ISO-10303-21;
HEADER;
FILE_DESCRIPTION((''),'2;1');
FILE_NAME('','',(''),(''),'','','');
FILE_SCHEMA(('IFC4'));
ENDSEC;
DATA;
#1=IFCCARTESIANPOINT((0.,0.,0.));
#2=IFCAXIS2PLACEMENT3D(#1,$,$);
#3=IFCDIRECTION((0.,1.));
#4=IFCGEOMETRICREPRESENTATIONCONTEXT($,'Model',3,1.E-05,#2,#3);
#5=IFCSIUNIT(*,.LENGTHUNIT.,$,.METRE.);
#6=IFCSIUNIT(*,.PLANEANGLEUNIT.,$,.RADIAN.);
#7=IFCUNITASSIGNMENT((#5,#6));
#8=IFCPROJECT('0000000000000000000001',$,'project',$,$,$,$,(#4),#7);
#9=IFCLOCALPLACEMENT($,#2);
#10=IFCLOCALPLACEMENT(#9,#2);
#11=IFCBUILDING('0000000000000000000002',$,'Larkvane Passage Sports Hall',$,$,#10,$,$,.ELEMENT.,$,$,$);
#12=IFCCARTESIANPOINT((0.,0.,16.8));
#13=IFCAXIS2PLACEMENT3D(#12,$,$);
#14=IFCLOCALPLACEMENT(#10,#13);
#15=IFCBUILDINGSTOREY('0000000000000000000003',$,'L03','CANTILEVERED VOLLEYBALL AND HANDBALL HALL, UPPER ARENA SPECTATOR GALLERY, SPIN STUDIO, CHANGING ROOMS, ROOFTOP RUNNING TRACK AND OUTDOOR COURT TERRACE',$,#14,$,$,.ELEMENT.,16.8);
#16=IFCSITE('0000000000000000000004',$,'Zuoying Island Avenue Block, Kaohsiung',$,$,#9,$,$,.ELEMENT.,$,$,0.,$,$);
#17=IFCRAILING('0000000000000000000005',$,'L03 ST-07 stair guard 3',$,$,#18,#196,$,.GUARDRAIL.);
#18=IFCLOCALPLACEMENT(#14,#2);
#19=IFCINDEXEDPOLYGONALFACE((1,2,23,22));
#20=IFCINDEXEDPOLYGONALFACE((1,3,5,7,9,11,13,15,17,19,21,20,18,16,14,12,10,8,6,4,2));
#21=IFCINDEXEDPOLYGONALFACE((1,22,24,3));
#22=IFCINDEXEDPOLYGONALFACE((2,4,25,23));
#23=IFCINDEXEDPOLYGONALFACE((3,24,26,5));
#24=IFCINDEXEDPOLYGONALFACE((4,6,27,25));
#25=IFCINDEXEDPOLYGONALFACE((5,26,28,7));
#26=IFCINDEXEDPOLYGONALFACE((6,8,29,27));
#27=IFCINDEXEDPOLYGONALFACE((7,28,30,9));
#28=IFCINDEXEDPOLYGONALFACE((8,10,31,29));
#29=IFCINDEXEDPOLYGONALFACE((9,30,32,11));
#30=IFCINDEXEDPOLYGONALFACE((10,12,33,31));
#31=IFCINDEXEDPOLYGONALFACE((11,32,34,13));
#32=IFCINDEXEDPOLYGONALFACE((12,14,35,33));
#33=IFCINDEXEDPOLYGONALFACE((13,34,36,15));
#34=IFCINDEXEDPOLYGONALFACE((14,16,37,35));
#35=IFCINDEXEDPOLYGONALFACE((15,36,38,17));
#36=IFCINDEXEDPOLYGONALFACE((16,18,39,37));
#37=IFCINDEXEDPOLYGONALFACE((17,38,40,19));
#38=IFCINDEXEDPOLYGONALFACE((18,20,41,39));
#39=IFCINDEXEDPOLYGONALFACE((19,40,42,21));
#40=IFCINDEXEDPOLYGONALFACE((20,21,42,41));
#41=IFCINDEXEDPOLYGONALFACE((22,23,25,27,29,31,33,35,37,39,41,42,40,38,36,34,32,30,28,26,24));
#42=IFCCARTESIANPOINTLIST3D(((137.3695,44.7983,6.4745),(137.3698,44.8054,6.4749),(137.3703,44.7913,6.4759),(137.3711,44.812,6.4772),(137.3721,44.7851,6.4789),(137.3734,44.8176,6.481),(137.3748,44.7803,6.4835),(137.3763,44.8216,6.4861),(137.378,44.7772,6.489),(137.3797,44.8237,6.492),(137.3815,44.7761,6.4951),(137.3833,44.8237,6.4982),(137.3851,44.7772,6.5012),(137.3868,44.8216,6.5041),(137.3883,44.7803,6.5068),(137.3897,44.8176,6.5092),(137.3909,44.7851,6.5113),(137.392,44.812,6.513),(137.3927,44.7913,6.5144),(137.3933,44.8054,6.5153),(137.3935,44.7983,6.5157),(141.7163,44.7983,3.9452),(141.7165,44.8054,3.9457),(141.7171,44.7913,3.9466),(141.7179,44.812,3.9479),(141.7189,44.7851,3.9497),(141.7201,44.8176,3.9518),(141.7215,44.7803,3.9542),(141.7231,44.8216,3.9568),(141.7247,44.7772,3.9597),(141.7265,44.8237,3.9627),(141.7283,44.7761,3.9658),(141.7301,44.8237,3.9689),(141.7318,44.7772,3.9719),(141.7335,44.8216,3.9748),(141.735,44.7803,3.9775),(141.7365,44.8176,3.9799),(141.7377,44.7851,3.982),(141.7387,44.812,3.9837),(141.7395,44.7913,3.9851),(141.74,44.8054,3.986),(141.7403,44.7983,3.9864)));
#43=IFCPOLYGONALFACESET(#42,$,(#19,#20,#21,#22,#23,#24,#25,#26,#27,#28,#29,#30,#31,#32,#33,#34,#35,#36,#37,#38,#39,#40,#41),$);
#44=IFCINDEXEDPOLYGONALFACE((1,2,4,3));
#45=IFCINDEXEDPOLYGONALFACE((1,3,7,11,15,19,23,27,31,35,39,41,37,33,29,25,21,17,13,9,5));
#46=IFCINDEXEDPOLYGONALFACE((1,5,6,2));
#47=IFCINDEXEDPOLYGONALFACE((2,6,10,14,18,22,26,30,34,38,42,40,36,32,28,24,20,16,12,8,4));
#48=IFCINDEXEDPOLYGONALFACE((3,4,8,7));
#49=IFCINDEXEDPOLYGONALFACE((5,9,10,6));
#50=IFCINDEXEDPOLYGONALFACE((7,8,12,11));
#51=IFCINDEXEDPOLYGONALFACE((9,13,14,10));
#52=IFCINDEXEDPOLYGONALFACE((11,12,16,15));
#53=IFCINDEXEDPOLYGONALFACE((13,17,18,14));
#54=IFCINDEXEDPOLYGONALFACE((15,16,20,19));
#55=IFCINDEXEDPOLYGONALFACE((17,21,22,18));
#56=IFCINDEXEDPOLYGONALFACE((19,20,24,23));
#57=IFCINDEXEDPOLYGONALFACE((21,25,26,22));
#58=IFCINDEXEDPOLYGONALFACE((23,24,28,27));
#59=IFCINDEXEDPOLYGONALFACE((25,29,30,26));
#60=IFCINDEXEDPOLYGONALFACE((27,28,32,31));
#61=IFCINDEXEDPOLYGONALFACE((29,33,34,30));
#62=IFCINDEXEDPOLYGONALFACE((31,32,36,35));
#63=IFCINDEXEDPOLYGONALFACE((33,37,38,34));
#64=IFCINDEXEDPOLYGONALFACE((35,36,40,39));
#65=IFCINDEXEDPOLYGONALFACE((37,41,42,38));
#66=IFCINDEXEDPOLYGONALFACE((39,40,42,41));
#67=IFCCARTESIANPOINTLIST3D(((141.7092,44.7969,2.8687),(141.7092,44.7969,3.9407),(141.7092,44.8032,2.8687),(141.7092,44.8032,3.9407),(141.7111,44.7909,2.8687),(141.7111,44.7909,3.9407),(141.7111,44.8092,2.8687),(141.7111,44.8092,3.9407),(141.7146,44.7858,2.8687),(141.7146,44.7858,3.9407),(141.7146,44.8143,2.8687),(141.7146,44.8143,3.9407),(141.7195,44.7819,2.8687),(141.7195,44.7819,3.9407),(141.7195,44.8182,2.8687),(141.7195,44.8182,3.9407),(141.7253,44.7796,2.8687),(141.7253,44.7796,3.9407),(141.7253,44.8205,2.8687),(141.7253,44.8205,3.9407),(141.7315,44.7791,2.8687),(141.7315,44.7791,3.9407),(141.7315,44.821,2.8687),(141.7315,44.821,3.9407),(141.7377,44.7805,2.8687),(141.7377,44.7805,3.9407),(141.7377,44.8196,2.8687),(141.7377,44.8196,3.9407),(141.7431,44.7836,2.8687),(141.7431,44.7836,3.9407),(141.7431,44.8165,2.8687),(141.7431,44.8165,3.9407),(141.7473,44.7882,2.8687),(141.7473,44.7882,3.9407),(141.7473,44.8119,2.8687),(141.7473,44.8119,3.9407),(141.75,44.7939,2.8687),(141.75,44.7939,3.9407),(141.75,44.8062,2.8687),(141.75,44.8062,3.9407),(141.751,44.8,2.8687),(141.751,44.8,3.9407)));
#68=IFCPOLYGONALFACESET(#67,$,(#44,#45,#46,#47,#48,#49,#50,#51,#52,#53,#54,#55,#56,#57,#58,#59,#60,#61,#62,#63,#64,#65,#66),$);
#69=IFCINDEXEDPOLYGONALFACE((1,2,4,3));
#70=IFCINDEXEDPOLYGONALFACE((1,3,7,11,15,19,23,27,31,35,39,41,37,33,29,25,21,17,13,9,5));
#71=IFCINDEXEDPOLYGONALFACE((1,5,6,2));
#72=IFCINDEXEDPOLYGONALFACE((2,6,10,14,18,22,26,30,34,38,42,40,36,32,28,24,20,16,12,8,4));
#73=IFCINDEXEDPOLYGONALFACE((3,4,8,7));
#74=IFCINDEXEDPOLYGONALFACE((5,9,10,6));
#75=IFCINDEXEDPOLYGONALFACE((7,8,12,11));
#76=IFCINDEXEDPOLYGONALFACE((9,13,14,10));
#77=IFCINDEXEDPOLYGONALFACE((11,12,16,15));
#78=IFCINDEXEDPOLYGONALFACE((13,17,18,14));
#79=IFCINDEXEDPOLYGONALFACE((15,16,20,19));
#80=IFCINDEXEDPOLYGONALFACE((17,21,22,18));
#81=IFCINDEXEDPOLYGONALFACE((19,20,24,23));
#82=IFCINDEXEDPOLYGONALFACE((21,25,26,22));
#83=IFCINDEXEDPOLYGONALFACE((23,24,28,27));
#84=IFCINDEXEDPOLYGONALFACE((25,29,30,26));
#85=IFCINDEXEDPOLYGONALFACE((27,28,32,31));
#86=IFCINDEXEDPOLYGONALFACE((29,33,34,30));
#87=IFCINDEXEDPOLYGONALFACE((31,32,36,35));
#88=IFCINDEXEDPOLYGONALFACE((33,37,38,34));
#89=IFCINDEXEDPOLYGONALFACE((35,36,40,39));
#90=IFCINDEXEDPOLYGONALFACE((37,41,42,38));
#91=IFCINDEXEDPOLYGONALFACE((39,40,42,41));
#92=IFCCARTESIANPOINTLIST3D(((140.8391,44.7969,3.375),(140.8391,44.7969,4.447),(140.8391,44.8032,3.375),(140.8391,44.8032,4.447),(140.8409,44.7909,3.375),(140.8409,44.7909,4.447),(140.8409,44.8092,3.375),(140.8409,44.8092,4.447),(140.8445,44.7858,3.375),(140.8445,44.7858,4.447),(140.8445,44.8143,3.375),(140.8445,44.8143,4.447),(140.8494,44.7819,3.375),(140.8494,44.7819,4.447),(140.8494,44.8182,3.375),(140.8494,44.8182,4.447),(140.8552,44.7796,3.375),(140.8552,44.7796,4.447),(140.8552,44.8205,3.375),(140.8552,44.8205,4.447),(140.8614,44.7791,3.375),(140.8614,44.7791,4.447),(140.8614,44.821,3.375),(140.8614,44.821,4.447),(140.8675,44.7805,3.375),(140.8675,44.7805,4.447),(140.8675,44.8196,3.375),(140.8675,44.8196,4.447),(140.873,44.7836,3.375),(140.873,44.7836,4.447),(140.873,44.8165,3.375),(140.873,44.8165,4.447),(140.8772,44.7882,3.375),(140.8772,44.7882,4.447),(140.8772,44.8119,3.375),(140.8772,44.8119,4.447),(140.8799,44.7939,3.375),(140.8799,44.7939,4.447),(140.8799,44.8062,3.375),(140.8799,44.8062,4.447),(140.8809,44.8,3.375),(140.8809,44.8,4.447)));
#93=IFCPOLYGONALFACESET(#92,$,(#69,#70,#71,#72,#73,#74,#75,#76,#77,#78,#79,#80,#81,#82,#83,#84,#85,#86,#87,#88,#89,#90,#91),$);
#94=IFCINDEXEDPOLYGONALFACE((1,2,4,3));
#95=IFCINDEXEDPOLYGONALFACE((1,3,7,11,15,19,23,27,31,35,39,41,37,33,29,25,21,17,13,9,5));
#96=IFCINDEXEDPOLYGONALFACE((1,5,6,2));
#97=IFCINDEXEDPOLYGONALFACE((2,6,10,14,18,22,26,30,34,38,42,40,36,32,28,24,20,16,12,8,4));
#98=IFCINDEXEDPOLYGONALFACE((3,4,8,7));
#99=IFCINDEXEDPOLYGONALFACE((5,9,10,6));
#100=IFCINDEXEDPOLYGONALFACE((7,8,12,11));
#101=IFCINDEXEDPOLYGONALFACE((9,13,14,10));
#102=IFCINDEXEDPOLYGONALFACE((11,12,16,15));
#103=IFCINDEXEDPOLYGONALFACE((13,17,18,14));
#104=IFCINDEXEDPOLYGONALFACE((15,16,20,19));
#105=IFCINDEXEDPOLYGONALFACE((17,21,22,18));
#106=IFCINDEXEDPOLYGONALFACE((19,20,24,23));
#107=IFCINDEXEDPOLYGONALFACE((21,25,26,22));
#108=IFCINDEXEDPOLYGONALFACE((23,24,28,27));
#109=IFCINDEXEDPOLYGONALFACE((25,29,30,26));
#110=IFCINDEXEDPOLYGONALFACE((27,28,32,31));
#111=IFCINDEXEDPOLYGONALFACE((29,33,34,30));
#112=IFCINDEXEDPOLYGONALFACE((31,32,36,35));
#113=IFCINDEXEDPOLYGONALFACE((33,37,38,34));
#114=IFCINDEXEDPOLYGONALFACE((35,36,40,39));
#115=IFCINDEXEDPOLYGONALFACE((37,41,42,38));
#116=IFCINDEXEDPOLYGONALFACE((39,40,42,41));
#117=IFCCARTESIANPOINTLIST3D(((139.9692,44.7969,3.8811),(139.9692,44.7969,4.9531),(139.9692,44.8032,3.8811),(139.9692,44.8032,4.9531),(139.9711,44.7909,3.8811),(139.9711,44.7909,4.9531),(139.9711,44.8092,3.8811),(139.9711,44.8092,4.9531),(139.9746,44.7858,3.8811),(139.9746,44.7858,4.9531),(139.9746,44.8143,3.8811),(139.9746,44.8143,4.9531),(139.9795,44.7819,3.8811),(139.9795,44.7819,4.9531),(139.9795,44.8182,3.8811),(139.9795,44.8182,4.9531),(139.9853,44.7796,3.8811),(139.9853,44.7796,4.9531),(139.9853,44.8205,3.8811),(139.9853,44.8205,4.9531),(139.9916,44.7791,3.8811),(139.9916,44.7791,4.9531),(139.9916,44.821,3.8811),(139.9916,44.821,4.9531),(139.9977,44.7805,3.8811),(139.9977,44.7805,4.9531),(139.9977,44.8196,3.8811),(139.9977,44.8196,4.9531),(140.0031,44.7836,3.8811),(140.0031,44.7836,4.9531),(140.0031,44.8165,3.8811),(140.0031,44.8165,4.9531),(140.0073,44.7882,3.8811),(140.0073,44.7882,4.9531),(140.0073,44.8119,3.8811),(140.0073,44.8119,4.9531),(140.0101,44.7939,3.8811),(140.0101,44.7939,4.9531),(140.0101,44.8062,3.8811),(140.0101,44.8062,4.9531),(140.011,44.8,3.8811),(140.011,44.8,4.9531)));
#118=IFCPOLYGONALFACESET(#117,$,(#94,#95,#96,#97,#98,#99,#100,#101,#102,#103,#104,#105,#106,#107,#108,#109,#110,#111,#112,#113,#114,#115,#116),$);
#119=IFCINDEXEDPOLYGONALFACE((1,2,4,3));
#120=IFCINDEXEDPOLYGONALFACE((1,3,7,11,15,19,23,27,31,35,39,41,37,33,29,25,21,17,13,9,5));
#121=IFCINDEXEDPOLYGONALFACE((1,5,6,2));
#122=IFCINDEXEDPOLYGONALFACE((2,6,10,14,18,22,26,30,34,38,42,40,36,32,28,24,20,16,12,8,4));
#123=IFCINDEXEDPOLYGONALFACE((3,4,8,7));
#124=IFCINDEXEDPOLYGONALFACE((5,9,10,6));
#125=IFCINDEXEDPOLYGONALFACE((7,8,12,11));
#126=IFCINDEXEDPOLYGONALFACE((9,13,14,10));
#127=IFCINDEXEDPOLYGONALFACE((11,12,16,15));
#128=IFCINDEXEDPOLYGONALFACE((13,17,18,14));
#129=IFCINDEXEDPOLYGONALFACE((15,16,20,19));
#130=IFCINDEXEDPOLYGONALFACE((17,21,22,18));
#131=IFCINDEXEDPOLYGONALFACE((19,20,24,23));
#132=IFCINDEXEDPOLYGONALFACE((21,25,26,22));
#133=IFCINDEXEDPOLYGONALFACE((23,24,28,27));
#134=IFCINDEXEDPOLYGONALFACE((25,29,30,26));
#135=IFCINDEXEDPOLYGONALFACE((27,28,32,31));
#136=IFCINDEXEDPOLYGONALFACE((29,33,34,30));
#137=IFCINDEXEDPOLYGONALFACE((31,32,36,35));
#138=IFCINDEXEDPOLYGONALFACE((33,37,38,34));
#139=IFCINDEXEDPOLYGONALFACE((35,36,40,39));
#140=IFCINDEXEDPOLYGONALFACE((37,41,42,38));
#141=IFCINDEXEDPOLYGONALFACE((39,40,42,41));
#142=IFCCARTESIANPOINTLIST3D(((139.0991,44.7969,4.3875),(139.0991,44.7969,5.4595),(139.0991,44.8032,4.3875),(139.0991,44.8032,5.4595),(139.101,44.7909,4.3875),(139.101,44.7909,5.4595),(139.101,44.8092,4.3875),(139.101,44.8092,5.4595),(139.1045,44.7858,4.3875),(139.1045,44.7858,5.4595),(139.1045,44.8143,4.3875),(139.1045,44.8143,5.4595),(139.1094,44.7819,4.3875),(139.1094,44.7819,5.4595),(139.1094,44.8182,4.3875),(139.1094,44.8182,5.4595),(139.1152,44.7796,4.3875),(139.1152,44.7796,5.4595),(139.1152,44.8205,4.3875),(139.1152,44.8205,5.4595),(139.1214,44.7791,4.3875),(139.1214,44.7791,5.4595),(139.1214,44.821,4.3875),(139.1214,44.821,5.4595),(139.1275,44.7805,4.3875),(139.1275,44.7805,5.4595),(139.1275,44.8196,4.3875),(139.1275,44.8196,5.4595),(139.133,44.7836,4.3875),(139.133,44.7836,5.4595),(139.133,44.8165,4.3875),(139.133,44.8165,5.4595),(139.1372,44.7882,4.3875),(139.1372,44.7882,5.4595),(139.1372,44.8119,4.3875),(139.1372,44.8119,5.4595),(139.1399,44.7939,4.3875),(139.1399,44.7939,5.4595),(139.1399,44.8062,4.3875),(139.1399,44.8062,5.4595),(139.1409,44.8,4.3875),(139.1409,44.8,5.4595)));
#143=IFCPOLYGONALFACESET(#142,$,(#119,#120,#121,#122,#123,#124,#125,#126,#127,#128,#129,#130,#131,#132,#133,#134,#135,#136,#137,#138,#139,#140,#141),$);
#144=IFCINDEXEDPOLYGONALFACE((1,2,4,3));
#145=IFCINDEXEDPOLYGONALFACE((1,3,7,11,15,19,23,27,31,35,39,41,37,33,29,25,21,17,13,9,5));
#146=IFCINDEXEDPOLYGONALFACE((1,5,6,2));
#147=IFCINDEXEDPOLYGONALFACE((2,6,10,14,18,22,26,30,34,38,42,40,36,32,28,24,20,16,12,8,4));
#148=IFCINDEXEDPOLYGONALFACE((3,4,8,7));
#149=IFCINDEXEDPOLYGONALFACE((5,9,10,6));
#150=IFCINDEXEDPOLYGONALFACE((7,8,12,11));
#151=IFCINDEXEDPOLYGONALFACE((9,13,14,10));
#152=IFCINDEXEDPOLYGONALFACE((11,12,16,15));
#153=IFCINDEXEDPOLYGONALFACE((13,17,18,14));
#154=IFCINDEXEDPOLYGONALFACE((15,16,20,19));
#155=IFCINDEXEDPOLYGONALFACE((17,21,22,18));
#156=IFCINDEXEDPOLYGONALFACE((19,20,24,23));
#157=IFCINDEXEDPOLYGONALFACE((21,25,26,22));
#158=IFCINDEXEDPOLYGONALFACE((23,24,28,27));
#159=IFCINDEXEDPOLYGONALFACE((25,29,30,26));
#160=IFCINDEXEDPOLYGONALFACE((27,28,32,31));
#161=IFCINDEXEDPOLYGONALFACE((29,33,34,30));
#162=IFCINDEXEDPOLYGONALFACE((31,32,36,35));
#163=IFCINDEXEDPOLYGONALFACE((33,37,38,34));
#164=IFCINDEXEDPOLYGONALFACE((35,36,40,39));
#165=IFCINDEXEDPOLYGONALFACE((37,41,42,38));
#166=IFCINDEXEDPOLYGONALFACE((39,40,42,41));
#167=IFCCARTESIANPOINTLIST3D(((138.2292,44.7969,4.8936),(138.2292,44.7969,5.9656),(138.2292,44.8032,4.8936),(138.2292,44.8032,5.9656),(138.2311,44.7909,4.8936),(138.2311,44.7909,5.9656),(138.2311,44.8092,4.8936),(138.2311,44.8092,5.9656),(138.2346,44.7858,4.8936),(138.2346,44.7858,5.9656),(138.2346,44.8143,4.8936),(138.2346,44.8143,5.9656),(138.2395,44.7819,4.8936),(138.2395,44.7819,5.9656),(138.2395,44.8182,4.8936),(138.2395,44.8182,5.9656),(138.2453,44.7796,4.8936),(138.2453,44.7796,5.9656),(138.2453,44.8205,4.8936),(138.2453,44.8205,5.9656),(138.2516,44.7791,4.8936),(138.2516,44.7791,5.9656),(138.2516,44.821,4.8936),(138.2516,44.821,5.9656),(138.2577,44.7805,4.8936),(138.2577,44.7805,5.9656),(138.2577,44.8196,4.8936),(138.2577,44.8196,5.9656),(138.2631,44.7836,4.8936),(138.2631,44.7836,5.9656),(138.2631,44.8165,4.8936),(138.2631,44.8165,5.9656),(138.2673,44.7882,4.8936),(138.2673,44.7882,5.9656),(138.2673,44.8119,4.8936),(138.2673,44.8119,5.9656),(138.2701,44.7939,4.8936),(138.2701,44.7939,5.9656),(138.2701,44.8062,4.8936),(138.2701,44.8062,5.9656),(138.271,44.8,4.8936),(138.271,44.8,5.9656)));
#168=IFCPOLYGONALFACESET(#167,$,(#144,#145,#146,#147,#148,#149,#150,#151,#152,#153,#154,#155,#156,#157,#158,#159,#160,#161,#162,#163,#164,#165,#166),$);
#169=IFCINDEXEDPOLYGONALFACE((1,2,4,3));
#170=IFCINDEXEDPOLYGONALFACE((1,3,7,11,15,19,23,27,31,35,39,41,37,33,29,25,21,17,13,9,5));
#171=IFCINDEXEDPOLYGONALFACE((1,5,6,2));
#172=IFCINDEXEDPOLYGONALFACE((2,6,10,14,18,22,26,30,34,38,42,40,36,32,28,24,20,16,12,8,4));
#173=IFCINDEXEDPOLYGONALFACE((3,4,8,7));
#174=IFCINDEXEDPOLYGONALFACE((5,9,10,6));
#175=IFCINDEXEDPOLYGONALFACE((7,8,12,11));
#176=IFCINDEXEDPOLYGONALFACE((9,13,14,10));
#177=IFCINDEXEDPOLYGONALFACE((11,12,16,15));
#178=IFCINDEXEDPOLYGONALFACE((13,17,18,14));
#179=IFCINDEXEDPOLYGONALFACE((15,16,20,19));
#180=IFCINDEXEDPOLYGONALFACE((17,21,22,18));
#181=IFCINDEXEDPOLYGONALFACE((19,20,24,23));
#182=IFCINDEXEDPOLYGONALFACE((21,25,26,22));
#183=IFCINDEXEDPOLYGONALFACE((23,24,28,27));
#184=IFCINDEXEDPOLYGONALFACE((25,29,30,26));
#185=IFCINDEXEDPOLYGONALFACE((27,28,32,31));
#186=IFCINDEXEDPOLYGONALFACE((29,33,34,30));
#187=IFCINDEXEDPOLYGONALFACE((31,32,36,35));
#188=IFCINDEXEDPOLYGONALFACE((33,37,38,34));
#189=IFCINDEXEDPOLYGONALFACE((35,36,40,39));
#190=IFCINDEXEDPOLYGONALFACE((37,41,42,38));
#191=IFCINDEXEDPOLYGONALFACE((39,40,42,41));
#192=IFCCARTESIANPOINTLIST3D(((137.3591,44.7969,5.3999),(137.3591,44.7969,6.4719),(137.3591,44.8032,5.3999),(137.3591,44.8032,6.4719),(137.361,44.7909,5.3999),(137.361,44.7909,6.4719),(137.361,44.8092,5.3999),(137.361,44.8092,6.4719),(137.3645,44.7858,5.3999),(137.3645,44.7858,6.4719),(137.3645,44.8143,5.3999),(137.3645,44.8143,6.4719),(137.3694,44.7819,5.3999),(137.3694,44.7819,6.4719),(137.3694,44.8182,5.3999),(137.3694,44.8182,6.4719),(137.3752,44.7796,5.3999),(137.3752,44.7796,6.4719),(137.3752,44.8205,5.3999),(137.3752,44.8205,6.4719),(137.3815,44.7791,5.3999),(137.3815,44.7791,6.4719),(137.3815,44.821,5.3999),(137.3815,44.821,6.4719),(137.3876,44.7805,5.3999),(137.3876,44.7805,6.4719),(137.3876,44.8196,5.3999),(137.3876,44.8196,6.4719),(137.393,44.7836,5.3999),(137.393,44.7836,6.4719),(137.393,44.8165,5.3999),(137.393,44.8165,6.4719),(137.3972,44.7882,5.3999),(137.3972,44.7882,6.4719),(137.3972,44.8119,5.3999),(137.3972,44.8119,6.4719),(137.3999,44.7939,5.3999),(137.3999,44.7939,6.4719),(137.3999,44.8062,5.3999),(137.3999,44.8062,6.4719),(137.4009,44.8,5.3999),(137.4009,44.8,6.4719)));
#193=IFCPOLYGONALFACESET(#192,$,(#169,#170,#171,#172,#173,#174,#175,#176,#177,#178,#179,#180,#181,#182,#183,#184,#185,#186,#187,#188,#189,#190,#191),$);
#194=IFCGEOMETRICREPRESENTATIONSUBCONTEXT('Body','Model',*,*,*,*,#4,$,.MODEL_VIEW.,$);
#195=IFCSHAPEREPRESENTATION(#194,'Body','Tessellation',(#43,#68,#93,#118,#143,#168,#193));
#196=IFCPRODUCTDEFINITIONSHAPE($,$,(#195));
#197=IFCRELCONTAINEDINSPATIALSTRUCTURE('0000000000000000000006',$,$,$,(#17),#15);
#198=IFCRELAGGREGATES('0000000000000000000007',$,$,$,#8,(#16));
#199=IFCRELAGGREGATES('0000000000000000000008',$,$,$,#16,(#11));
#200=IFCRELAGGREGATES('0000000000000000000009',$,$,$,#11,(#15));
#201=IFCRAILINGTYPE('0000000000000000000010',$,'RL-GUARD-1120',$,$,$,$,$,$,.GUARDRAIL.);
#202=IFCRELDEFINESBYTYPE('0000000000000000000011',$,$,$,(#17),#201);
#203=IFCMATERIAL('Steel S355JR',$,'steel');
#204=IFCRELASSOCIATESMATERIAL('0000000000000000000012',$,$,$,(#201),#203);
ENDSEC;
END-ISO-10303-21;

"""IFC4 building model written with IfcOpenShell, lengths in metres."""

from ifc_helpers import new_model, si_unit, direction, frame, origin, origin_2d, place, context, subcontext, project, spatial, circle, extrude, material, type_object, element, save


model = new_model("IFC4")

# Units and contexts
model_context = context("Model", 3, precision=1e-05, world=origin(), true_north=direction((0.0, 1.0)))
body_context = subcontext(model_context, "Body", "Model", "MODEL_VIEW")
ifc_project = project(units=[si_unit("LENGTHUNIT", "METRE"), si_unit("PLANEANGLEUNIT", "RADIAN")], contexts=[model_context])

# Site, building, storey
site_placement = place(None, origin())
site = spatial("IfcSite", under=ifc_project, at=site_placement, Name="Zuoying Island Avenue Block, Kaohsiung", CompositionType="ELEMENT", RefElevation=0.0)
building_placement = place(site_placement, origin())
building = spatial("IfcBuilding", under=site, at=building_placement, Name="Larkvane Passage Sports Hall", CompositionType="ELEMENT")
storey_placement = place(building_placement, frame((0.0, 0.0, 16.8)))
storey = spatial("IfcBuildingStorey", under=building, at=storey_placement, Name="L03", Description="CANTILEVERED VOLLEYBALL AND HANDBALL HALL, UPPER ARENA SPECTATOR GALLERY, SPIN STUDIO, CHANGING ROOMS, ROOFTOP RUNNING TRACK AND OUTDOOR COURT TERRACE", CompositionType="ELEMENT", Elevation=16.8)

# Railing
ifc_material_1 = material(Name="Steel S355JR", Category="steel")
railing_type_1 = type_object("IfcRailingType", Name="RL-GUARD-1120", PredefinedType="GUARDRAIL", material=ifc_material_1)
railing_1_placement = place(storey_placement, frame((141.73, 44.8, 2.8687)))
element("IfcRailing", 1, at=railing_1_placement, inside=storey, type_object=railing_type_1, Name="L03 ST-07 stair guard 3", PredefinedType="GUARDRAIL", context=body_context, shape_type="SweptSolid", body=[
    extrude(circle(Radius=0.0239, at=origin_2d()), frame((-0.0017, 0.0, 1.0972), z_axis=(-0.864324, 0.0, 0.502936), x_axis=(0.0, -1.0, 0.0)), (0.0, 0.0, 1.0), 5.0291),
    extrude(circle(Radius=0.021, at=origin_2d()), origin(), (0.0, 0.0, 1.0), 1.072),
    extrude(circle(Radius=0.021, at=origin_2d()), frame((-0.8701, 0.0, 0.5063)), (0.0, 0.0, 1.0), 1.072),
    extrude(circle(Radius=0.021, at=origin_2d()), frame((-1.74, 0.0, 1.0125)), (0.0, 0.0, 1.0), 1.072),
    extrude(circle(Radius=0.021, at=origin_2d()), frame((-2.6101, 0.0, 1.5188)), (0.0, 0.0, 1.0), 1.072),
    extrude(circle(Radius=0.021, at=origin_2d()), frame((-3.48, 0.0, 2.0249)), (0.0, 0.0, 1.0), 1.072),
    extrude(circle(Radius=0.021, at=origin_2d()), frame((-4.3501, 0.0, 2.5312)), (0.0, 0.0, 1.0), 1.072),
])

save(model, "model.ifc")
